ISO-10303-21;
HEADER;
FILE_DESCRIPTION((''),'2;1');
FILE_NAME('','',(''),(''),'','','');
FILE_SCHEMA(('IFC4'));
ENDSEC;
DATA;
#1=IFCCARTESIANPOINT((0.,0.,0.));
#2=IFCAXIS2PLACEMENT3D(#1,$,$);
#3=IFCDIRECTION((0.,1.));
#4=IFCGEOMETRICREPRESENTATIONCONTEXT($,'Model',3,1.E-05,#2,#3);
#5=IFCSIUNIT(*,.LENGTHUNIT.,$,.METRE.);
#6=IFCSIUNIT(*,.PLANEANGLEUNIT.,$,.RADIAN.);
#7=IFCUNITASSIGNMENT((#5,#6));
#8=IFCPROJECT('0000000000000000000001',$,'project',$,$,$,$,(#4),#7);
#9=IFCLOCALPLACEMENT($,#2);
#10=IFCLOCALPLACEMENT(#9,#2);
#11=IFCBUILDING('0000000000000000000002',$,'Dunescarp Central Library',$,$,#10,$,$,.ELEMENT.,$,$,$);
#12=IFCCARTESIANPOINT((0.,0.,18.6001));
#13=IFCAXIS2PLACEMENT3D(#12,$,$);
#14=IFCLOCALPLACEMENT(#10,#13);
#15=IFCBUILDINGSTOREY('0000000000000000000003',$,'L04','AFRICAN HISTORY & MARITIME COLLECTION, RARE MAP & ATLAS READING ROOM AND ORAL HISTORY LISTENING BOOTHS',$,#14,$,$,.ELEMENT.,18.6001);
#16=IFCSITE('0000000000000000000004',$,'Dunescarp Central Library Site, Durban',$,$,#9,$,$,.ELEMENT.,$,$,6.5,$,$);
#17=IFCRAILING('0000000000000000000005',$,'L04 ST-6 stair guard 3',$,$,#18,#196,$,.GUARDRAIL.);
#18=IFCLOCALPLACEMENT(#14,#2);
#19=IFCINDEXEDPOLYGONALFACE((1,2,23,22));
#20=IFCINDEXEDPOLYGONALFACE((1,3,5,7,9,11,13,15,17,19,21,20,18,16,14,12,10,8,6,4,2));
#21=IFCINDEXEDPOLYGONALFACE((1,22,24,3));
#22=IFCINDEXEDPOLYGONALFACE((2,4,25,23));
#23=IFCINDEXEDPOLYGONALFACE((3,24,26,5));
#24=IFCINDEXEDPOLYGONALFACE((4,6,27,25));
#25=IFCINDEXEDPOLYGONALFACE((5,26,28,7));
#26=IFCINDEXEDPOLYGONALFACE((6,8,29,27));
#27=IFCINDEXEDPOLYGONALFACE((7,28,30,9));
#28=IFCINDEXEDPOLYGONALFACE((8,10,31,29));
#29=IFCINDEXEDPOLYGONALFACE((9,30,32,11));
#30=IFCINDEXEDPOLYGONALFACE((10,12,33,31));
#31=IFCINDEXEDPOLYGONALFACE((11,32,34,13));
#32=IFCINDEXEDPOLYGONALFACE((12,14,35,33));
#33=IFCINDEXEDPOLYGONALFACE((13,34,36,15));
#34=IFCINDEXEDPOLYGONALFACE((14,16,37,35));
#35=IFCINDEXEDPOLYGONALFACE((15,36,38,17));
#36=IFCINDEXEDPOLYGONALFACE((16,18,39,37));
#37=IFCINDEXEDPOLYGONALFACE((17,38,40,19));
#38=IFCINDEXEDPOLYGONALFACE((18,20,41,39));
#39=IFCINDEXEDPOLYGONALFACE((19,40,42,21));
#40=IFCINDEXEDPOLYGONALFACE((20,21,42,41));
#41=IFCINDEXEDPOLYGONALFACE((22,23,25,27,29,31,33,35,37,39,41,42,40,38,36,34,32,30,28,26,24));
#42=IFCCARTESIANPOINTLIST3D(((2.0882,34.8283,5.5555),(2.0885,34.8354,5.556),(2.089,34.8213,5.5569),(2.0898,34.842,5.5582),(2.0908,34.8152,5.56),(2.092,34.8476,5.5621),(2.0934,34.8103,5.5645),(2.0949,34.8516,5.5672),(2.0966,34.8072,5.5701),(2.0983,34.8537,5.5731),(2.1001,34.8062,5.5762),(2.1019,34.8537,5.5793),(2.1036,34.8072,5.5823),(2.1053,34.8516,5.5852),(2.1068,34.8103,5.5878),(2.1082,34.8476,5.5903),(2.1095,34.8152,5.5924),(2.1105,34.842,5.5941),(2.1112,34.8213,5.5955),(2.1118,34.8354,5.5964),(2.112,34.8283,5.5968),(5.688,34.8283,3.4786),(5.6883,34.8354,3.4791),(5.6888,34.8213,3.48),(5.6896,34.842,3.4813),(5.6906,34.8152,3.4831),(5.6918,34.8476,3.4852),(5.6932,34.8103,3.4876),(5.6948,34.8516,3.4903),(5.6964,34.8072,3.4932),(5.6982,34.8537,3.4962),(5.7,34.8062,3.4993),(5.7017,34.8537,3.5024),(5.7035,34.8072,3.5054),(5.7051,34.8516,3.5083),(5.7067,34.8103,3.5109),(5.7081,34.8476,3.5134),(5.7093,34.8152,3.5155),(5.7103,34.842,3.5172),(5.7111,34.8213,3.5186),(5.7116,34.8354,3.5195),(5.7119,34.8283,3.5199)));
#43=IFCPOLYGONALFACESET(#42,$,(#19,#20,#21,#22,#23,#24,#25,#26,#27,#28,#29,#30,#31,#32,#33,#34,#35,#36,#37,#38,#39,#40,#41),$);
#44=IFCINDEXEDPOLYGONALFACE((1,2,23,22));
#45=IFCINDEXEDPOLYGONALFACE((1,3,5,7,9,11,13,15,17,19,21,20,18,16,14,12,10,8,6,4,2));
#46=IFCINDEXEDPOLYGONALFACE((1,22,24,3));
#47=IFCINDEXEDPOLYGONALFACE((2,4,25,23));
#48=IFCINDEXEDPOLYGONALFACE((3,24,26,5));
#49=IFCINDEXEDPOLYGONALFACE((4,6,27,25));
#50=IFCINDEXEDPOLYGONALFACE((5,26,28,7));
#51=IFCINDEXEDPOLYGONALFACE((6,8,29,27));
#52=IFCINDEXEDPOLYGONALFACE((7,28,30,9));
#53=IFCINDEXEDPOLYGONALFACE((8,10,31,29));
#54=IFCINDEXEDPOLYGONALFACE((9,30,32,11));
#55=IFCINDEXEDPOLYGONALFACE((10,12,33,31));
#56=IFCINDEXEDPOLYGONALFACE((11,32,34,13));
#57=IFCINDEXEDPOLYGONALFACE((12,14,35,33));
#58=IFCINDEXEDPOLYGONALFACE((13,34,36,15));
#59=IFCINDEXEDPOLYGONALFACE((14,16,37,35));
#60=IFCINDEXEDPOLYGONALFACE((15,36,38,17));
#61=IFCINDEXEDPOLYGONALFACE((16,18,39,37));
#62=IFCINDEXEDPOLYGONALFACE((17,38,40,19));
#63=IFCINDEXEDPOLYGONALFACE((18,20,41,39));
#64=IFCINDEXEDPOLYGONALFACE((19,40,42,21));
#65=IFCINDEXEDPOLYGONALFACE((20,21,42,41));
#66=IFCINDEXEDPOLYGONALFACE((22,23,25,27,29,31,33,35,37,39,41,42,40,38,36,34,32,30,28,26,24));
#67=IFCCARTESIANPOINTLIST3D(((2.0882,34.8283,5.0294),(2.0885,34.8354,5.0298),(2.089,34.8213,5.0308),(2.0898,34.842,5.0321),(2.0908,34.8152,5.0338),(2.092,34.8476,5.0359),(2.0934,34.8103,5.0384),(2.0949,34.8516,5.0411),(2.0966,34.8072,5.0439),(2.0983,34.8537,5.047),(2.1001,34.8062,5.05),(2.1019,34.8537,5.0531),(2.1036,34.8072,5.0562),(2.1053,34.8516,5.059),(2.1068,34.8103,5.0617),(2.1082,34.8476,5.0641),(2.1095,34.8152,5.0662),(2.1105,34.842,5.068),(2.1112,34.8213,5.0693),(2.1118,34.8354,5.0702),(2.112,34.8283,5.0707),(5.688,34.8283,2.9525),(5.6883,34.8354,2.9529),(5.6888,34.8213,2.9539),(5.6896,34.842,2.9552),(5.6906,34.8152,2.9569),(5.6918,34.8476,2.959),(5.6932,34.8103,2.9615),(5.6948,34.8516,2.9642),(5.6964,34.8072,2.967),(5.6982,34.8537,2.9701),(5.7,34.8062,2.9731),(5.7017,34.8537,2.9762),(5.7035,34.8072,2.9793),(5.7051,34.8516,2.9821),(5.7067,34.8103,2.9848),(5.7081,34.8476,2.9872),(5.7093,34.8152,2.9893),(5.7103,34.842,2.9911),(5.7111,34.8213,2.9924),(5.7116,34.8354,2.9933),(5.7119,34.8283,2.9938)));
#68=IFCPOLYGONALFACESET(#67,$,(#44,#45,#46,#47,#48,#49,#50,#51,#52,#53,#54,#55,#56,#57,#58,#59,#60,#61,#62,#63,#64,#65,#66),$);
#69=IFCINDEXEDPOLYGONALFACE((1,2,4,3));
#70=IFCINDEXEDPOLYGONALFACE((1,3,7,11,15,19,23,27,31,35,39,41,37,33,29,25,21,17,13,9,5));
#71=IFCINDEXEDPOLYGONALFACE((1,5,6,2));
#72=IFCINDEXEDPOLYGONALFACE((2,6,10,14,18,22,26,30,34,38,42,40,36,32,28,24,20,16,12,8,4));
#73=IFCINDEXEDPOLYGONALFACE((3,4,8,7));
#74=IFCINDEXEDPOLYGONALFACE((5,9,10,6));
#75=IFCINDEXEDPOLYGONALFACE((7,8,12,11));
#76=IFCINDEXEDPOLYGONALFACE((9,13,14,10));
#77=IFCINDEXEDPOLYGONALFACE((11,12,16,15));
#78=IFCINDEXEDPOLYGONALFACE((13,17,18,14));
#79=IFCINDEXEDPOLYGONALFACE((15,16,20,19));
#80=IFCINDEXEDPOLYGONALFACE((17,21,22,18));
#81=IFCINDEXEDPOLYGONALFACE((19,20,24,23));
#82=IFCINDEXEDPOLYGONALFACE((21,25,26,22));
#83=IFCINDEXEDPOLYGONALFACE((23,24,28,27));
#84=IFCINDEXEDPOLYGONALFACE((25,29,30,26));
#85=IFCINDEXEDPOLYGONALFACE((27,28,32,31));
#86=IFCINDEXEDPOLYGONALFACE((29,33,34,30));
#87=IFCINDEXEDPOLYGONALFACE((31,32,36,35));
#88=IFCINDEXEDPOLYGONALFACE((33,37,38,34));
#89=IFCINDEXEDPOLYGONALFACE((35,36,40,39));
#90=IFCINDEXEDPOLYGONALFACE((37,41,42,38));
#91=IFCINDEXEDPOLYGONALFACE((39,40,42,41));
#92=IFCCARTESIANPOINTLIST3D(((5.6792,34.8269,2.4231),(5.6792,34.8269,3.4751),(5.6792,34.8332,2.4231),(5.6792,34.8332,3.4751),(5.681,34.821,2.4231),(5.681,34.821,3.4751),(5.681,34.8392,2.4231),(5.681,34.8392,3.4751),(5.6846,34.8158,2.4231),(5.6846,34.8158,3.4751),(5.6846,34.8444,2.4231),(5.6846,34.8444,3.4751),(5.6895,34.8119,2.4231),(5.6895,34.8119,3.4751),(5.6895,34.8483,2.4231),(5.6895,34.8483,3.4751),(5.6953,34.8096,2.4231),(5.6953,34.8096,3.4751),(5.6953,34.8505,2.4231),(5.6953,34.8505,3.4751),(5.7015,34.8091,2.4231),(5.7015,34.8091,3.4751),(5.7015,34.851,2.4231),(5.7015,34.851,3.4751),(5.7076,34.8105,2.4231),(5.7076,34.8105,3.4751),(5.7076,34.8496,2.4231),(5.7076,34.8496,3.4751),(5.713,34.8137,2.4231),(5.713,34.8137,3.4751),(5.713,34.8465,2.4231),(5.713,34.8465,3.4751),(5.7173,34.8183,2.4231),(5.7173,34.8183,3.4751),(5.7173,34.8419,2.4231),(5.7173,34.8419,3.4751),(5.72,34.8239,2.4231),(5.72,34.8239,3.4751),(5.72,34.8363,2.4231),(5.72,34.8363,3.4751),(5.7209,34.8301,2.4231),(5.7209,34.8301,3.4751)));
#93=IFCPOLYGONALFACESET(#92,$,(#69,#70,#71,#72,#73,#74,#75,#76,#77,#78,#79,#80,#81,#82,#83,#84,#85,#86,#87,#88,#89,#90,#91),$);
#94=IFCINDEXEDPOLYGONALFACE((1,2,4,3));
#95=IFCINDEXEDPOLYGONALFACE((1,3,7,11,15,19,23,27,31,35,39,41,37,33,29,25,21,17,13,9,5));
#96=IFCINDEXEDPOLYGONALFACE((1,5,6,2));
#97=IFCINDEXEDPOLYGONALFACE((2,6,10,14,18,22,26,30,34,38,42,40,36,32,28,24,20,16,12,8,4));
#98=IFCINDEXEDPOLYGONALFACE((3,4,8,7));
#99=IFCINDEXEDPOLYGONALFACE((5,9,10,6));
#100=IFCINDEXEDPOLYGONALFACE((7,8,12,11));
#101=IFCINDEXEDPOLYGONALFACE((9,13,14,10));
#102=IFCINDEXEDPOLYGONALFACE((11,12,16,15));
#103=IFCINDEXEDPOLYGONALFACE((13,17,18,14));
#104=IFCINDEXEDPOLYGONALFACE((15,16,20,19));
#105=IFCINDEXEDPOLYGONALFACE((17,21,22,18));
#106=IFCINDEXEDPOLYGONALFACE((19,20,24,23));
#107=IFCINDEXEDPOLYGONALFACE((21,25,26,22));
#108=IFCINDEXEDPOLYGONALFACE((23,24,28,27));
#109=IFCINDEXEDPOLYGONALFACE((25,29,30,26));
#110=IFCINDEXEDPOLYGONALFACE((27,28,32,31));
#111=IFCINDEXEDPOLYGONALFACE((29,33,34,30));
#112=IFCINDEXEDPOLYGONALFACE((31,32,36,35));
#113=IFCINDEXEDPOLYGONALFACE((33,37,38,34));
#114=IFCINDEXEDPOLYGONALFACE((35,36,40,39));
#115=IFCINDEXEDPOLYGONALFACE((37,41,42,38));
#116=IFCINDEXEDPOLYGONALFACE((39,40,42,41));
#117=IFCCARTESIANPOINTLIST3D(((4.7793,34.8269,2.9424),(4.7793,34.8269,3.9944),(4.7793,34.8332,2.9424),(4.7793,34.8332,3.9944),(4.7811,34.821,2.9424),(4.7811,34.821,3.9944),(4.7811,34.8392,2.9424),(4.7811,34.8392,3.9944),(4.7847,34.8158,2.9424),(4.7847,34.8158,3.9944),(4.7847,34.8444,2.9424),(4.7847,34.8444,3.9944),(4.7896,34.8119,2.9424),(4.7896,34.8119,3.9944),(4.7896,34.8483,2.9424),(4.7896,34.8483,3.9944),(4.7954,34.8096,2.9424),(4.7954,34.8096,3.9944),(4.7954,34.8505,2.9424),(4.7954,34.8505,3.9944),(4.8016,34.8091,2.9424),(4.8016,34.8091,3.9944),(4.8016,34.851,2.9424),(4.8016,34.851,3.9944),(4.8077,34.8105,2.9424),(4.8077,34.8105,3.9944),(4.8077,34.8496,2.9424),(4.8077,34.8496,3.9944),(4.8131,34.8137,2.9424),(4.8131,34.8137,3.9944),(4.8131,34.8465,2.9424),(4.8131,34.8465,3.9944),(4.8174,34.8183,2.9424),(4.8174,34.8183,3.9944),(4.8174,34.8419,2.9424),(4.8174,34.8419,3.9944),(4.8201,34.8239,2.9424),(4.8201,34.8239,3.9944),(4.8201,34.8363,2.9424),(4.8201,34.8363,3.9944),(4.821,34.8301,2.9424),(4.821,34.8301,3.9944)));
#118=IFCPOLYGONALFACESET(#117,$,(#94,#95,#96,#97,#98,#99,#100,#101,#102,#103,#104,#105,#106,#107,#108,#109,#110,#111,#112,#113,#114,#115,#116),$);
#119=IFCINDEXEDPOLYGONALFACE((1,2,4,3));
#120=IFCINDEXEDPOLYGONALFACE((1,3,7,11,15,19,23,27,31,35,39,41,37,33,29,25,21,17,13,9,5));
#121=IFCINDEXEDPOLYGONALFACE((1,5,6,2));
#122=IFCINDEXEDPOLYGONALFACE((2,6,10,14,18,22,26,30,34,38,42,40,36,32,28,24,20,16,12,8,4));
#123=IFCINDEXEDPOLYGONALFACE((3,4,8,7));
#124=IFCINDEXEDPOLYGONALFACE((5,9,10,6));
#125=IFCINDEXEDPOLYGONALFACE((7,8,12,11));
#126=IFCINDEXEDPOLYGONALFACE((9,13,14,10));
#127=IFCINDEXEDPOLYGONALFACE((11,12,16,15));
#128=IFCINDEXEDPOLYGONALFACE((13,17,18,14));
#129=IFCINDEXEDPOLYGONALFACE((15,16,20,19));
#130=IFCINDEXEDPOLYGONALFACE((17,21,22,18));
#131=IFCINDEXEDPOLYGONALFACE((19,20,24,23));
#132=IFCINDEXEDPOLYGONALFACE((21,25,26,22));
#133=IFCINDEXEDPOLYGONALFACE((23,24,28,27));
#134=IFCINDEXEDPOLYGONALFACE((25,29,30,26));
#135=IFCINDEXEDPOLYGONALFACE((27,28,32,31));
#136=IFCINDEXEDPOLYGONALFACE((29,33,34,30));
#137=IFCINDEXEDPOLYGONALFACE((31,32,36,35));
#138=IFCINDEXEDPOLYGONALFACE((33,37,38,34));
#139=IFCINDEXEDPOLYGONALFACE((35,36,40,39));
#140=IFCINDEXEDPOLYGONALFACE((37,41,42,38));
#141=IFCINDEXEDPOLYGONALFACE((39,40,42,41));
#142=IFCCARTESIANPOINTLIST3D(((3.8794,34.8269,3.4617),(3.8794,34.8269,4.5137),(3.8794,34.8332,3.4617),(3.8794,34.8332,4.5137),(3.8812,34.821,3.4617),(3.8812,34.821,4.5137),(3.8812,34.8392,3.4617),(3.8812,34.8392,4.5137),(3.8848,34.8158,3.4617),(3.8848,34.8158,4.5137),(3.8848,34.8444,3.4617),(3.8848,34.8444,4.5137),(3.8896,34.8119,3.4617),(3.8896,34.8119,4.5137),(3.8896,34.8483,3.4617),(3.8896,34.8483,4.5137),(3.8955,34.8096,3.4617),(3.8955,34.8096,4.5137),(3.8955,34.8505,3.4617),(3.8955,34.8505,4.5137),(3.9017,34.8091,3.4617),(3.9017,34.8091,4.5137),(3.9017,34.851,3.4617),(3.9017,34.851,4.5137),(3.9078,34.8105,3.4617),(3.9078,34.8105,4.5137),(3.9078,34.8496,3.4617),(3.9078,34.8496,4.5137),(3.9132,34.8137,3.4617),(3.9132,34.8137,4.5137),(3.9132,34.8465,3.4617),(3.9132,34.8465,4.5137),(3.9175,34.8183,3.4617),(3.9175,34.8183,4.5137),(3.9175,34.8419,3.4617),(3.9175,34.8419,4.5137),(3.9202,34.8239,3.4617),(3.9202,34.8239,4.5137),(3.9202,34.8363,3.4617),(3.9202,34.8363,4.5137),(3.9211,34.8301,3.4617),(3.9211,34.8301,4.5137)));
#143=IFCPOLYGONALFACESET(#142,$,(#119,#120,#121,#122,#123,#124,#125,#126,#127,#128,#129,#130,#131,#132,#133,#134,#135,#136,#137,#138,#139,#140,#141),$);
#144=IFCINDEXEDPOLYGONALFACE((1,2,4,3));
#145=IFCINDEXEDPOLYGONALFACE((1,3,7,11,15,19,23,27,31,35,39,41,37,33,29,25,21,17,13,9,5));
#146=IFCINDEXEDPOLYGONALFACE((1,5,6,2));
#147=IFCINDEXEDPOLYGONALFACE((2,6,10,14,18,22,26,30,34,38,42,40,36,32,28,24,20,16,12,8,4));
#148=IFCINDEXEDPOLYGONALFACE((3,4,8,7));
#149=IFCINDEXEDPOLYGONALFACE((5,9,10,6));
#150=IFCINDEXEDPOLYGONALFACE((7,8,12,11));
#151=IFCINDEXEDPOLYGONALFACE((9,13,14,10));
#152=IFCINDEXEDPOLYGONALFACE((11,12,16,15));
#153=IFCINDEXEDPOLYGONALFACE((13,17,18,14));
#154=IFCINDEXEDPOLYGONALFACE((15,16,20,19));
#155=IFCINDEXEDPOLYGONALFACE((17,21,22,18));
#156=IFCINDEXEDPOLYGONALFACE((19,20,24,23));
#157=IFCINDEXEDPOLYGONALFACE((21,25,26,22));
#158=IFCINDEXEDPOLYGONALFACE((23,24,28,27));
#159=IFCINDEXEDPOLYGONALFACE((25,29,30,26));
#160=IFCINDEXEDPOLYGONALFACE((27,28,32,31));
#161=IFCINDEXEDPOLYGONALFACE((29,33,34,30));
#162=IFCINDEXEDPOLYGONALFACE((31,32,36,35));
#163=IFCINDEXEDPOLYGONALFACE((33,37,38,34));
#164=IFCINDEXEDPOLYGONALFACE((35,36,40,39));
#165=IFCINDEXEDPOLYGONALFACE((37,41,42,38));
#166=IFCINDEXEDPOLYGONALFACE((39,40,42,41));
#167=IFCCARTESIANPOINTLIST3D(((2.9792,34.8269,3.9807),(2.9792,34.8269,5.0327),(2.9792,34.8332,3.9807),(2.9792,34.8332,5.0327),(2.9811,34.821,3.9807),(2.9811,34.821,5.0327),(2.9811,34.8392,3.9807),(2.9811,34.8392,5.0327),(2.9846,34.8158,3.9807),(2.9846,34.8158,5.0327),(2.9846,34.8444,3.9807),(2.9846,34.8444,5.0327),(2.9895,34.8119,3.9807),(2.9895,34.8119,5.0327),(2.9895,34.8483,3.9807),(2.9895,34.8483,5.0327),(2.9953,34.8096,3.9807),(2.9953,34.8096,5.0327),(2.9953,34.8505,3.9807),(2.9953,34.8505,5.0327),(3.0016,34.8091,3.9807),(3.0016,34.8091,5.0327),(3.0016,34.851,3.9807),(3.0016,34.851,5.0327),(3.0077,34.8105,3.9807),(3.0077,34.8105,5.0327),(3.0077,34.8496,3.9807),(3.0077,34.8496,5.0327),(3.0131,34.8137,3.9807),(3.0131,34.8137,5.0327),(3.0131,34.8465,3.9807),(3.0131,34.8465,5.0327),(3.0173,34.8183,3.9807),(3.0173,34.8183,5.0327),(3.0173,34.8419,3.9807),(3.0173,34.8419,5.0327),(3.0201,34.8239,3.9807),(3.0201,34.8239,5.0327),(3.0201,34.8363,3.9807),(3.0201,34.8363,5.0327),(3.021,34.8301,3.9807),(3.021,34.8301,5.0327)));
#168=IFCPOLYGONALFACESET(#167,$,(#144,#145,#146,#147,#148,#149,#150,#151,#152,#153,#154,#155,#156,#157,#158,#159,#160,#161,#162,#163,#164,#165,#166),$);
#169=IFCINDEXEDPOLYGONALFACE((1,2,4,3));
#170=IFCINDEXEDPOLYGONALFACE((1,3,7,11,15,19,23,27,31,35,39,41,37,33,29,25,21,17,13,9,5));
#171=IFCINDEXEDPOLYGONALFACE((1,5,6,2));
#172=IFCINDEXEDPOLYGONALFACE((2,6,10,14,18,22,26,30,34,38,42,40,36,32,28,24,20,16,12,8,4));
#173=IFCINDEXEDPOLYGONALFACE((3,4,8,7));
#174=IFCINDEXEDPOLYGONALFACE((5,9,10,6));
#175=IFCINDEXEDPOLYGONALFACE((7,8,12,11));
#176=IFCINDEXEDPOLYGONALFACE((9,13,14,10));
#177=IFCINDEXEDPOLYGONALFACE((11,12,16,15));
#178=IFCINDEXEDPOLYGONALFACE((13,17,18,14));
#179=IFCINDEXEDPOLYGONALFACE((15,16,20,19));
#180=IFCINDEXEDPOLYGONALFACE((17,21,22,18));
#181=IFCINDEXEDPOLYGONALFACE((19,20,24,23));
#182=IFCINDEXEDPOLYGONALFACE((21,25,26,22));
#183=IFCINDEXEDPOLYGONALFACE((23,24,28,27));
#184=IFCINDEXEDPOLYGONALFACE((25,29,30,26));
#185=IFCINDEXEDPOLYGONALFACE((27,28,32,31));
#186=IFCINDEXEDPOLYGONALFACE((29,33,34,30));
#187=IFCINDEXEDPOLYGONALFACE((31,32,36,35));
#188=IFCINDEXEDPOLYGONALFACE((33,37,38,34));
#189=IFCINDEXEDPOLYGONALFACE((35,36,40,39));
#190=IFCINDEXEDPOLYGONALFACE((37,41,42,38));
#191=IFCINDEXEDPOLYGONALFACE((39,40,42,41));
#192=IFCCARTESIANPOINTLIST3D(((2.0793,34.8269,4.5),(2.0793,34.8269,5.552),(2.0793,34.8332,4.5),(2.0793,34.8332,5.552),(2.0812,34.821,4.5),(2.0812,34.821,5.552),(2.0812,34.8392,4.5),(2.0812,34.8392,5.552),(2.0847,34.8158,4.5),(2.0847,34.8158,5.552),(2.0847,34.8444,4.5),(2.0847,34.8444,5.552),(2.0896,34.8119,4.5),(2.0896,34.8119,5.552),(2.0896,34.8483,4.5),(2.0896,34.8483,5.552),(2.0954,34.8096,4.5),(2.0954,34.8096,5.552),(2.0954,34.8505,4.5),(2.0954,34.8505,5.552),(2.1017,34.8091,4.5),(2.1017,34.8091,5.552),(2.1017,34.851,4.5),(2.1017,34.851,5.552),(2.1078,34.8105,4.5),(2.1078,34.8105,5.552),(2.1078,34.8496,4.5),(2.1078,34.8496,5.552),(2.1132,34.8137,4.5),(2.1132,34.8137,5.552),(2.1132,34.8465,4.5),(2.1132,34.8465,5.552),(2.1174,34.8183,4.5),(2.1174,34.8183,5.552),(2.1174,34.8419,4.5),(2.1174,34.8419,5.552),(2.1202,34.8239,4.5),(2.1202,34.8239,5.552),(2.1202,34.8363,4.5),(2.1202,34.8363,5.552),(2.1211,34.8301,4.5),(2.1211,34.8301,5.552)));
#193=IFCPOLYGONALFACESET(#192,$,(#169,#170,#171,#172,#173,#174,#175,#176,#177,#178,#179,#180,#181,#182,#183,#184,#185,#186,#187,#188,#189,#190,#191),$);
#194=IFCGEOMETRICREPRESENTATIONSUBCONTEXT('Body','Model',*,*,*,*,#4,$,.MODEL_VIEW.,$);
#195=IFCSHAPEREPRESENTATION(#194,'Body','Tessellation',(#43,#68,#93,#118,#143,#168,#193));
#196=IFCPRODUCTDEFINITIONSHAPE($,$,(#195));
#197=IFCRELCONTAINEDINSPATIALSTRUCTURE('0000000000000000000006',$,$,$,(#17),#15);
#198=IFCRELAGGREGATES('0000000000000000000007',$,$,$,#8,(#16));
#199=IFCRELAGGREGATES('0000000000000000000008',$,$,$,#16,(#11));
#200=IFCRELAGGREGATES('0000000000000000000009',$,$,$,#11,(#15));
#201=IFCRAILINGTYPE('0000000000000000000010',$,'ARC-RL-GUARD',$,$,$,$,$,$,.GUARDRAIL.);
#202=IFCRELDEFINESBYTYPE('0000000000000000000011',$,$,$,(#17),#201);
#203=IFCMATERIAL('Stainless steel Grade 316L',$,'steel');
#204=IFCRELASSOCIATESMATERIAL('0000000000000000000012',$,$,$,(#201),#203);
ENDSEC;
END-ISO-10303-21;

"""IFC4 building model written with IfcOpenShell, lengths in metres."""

from ifc_helpers import new_model, si_unit, direction, frame, origin, origin_2d, place, context, subcontext, project, spatial, circle, extrude, material, type_object, element, save


model = new_model("IFC4")

# Units and contexts
model_context = context("Model", 3, precision=1e-05, world=origin(), true_north=direction((0.0, 1.0)))
body_context = subcontext(model_context, "Body", "Model", "MODEL_VIEW")
ifc_project = project(units=[si_unit("LENGTHUNIT", "METRE"), si_unit("PLANEANGLEUNIT", "RADIAN")], contexts=[model_context])

# Site, building, storey
site_placement = place(None, origin())
site = spatial("IfcSite", under=ifc_project, at=site_placement, Name="Dunescarp Central Library Site, Durban", CompositionType="ELEMENT", RefElevation=6.5)
building_placement = place(site_placement, origin())
building = spatial("IfcBuilding", under=site, at=building_placement, Name="Dunescarp Central Library", CompositionType="ELEMENT")
storey_placement = place(building_placement, frame((0.0, 0.0, 18.6001)))
storey = spatial("IfcBuildingStorey", under=building, at=storey_placement, Name="L04", Description="AFRICAN HISTORY & MARITIME COLLECTION, RARE MAP & ATLAS READING ROOM AND ORAL HISTORY LISTENING BOOTHS", CompositionType="ELEMENT", Elevation=18.6001)

# Railing
ifc_material_1 = material(Name="Stainless steel Grade 316L", Category="steel")
railing_type_1 = type_object("IfcRailingType", Name="ARC-RL-GUARD", PredefinedType="GUARDRAIL", material=ifc_material_1)
railing_1_placement = place(storey_placement, frame((5.7, 34.8301, 2.4231)))
element("IfcRailing", 1, at=railing_1_placement, inside=storey, type_object=railing_type_1, Name="L04 ST-6 stair guard 3", PredefinedType="GUARDRAIL", context=body_context, shape_type="SweptSolid", body=[
    extrude(circle(Radius=0.0239, at=origin_2d()), frame((0.0, 0.0, 1.0762), z_axis=(-0.866179, 0.0, 0.499734), x_axis=(0.0, -1.0, 0.0)), (0.0, 0.0, 1.0), 4.156),
    extrude(circle(Radius=0.0239, at=origin_2d()), frame((0.0, 0.0, 0.55), z_axis=(-0.866179, 0.0, 0.499734), x_axis=(0.0, -1.0, 0.0)), (0.0, 0.0, 1.0), 4.156),
    extrude(circle(Radius=0.021, at=origin_2d()), origin(), (0.0, 0.0, 1.0), 1.052),
    extrude(circle(Radius=0.021, at=origin_2d()), frame((-0.8999, 0.0, 0.5193)), (0.0, 0.0, 1.0), 1.052),
    extrude(circle(Radius=0.021, at=origin_2d()), frame((-1.7998, 0.0, 1.0386)), (0.0, 0.0, 1.0), 1.052),
    extrude(circle(Radius=0.021, at=origin_2d()), frame((-2.7, 0.0, 1.5576)), (0.0, 0.0, 1.0), 1.052),
    extrude(circle(Radius=0.021, at=origin_2d()), frame((-3.5999, 0.0, 2.0769)), (0.0, 0.0, 1.0), 1.052),
])

save(model, "model.ifc")
